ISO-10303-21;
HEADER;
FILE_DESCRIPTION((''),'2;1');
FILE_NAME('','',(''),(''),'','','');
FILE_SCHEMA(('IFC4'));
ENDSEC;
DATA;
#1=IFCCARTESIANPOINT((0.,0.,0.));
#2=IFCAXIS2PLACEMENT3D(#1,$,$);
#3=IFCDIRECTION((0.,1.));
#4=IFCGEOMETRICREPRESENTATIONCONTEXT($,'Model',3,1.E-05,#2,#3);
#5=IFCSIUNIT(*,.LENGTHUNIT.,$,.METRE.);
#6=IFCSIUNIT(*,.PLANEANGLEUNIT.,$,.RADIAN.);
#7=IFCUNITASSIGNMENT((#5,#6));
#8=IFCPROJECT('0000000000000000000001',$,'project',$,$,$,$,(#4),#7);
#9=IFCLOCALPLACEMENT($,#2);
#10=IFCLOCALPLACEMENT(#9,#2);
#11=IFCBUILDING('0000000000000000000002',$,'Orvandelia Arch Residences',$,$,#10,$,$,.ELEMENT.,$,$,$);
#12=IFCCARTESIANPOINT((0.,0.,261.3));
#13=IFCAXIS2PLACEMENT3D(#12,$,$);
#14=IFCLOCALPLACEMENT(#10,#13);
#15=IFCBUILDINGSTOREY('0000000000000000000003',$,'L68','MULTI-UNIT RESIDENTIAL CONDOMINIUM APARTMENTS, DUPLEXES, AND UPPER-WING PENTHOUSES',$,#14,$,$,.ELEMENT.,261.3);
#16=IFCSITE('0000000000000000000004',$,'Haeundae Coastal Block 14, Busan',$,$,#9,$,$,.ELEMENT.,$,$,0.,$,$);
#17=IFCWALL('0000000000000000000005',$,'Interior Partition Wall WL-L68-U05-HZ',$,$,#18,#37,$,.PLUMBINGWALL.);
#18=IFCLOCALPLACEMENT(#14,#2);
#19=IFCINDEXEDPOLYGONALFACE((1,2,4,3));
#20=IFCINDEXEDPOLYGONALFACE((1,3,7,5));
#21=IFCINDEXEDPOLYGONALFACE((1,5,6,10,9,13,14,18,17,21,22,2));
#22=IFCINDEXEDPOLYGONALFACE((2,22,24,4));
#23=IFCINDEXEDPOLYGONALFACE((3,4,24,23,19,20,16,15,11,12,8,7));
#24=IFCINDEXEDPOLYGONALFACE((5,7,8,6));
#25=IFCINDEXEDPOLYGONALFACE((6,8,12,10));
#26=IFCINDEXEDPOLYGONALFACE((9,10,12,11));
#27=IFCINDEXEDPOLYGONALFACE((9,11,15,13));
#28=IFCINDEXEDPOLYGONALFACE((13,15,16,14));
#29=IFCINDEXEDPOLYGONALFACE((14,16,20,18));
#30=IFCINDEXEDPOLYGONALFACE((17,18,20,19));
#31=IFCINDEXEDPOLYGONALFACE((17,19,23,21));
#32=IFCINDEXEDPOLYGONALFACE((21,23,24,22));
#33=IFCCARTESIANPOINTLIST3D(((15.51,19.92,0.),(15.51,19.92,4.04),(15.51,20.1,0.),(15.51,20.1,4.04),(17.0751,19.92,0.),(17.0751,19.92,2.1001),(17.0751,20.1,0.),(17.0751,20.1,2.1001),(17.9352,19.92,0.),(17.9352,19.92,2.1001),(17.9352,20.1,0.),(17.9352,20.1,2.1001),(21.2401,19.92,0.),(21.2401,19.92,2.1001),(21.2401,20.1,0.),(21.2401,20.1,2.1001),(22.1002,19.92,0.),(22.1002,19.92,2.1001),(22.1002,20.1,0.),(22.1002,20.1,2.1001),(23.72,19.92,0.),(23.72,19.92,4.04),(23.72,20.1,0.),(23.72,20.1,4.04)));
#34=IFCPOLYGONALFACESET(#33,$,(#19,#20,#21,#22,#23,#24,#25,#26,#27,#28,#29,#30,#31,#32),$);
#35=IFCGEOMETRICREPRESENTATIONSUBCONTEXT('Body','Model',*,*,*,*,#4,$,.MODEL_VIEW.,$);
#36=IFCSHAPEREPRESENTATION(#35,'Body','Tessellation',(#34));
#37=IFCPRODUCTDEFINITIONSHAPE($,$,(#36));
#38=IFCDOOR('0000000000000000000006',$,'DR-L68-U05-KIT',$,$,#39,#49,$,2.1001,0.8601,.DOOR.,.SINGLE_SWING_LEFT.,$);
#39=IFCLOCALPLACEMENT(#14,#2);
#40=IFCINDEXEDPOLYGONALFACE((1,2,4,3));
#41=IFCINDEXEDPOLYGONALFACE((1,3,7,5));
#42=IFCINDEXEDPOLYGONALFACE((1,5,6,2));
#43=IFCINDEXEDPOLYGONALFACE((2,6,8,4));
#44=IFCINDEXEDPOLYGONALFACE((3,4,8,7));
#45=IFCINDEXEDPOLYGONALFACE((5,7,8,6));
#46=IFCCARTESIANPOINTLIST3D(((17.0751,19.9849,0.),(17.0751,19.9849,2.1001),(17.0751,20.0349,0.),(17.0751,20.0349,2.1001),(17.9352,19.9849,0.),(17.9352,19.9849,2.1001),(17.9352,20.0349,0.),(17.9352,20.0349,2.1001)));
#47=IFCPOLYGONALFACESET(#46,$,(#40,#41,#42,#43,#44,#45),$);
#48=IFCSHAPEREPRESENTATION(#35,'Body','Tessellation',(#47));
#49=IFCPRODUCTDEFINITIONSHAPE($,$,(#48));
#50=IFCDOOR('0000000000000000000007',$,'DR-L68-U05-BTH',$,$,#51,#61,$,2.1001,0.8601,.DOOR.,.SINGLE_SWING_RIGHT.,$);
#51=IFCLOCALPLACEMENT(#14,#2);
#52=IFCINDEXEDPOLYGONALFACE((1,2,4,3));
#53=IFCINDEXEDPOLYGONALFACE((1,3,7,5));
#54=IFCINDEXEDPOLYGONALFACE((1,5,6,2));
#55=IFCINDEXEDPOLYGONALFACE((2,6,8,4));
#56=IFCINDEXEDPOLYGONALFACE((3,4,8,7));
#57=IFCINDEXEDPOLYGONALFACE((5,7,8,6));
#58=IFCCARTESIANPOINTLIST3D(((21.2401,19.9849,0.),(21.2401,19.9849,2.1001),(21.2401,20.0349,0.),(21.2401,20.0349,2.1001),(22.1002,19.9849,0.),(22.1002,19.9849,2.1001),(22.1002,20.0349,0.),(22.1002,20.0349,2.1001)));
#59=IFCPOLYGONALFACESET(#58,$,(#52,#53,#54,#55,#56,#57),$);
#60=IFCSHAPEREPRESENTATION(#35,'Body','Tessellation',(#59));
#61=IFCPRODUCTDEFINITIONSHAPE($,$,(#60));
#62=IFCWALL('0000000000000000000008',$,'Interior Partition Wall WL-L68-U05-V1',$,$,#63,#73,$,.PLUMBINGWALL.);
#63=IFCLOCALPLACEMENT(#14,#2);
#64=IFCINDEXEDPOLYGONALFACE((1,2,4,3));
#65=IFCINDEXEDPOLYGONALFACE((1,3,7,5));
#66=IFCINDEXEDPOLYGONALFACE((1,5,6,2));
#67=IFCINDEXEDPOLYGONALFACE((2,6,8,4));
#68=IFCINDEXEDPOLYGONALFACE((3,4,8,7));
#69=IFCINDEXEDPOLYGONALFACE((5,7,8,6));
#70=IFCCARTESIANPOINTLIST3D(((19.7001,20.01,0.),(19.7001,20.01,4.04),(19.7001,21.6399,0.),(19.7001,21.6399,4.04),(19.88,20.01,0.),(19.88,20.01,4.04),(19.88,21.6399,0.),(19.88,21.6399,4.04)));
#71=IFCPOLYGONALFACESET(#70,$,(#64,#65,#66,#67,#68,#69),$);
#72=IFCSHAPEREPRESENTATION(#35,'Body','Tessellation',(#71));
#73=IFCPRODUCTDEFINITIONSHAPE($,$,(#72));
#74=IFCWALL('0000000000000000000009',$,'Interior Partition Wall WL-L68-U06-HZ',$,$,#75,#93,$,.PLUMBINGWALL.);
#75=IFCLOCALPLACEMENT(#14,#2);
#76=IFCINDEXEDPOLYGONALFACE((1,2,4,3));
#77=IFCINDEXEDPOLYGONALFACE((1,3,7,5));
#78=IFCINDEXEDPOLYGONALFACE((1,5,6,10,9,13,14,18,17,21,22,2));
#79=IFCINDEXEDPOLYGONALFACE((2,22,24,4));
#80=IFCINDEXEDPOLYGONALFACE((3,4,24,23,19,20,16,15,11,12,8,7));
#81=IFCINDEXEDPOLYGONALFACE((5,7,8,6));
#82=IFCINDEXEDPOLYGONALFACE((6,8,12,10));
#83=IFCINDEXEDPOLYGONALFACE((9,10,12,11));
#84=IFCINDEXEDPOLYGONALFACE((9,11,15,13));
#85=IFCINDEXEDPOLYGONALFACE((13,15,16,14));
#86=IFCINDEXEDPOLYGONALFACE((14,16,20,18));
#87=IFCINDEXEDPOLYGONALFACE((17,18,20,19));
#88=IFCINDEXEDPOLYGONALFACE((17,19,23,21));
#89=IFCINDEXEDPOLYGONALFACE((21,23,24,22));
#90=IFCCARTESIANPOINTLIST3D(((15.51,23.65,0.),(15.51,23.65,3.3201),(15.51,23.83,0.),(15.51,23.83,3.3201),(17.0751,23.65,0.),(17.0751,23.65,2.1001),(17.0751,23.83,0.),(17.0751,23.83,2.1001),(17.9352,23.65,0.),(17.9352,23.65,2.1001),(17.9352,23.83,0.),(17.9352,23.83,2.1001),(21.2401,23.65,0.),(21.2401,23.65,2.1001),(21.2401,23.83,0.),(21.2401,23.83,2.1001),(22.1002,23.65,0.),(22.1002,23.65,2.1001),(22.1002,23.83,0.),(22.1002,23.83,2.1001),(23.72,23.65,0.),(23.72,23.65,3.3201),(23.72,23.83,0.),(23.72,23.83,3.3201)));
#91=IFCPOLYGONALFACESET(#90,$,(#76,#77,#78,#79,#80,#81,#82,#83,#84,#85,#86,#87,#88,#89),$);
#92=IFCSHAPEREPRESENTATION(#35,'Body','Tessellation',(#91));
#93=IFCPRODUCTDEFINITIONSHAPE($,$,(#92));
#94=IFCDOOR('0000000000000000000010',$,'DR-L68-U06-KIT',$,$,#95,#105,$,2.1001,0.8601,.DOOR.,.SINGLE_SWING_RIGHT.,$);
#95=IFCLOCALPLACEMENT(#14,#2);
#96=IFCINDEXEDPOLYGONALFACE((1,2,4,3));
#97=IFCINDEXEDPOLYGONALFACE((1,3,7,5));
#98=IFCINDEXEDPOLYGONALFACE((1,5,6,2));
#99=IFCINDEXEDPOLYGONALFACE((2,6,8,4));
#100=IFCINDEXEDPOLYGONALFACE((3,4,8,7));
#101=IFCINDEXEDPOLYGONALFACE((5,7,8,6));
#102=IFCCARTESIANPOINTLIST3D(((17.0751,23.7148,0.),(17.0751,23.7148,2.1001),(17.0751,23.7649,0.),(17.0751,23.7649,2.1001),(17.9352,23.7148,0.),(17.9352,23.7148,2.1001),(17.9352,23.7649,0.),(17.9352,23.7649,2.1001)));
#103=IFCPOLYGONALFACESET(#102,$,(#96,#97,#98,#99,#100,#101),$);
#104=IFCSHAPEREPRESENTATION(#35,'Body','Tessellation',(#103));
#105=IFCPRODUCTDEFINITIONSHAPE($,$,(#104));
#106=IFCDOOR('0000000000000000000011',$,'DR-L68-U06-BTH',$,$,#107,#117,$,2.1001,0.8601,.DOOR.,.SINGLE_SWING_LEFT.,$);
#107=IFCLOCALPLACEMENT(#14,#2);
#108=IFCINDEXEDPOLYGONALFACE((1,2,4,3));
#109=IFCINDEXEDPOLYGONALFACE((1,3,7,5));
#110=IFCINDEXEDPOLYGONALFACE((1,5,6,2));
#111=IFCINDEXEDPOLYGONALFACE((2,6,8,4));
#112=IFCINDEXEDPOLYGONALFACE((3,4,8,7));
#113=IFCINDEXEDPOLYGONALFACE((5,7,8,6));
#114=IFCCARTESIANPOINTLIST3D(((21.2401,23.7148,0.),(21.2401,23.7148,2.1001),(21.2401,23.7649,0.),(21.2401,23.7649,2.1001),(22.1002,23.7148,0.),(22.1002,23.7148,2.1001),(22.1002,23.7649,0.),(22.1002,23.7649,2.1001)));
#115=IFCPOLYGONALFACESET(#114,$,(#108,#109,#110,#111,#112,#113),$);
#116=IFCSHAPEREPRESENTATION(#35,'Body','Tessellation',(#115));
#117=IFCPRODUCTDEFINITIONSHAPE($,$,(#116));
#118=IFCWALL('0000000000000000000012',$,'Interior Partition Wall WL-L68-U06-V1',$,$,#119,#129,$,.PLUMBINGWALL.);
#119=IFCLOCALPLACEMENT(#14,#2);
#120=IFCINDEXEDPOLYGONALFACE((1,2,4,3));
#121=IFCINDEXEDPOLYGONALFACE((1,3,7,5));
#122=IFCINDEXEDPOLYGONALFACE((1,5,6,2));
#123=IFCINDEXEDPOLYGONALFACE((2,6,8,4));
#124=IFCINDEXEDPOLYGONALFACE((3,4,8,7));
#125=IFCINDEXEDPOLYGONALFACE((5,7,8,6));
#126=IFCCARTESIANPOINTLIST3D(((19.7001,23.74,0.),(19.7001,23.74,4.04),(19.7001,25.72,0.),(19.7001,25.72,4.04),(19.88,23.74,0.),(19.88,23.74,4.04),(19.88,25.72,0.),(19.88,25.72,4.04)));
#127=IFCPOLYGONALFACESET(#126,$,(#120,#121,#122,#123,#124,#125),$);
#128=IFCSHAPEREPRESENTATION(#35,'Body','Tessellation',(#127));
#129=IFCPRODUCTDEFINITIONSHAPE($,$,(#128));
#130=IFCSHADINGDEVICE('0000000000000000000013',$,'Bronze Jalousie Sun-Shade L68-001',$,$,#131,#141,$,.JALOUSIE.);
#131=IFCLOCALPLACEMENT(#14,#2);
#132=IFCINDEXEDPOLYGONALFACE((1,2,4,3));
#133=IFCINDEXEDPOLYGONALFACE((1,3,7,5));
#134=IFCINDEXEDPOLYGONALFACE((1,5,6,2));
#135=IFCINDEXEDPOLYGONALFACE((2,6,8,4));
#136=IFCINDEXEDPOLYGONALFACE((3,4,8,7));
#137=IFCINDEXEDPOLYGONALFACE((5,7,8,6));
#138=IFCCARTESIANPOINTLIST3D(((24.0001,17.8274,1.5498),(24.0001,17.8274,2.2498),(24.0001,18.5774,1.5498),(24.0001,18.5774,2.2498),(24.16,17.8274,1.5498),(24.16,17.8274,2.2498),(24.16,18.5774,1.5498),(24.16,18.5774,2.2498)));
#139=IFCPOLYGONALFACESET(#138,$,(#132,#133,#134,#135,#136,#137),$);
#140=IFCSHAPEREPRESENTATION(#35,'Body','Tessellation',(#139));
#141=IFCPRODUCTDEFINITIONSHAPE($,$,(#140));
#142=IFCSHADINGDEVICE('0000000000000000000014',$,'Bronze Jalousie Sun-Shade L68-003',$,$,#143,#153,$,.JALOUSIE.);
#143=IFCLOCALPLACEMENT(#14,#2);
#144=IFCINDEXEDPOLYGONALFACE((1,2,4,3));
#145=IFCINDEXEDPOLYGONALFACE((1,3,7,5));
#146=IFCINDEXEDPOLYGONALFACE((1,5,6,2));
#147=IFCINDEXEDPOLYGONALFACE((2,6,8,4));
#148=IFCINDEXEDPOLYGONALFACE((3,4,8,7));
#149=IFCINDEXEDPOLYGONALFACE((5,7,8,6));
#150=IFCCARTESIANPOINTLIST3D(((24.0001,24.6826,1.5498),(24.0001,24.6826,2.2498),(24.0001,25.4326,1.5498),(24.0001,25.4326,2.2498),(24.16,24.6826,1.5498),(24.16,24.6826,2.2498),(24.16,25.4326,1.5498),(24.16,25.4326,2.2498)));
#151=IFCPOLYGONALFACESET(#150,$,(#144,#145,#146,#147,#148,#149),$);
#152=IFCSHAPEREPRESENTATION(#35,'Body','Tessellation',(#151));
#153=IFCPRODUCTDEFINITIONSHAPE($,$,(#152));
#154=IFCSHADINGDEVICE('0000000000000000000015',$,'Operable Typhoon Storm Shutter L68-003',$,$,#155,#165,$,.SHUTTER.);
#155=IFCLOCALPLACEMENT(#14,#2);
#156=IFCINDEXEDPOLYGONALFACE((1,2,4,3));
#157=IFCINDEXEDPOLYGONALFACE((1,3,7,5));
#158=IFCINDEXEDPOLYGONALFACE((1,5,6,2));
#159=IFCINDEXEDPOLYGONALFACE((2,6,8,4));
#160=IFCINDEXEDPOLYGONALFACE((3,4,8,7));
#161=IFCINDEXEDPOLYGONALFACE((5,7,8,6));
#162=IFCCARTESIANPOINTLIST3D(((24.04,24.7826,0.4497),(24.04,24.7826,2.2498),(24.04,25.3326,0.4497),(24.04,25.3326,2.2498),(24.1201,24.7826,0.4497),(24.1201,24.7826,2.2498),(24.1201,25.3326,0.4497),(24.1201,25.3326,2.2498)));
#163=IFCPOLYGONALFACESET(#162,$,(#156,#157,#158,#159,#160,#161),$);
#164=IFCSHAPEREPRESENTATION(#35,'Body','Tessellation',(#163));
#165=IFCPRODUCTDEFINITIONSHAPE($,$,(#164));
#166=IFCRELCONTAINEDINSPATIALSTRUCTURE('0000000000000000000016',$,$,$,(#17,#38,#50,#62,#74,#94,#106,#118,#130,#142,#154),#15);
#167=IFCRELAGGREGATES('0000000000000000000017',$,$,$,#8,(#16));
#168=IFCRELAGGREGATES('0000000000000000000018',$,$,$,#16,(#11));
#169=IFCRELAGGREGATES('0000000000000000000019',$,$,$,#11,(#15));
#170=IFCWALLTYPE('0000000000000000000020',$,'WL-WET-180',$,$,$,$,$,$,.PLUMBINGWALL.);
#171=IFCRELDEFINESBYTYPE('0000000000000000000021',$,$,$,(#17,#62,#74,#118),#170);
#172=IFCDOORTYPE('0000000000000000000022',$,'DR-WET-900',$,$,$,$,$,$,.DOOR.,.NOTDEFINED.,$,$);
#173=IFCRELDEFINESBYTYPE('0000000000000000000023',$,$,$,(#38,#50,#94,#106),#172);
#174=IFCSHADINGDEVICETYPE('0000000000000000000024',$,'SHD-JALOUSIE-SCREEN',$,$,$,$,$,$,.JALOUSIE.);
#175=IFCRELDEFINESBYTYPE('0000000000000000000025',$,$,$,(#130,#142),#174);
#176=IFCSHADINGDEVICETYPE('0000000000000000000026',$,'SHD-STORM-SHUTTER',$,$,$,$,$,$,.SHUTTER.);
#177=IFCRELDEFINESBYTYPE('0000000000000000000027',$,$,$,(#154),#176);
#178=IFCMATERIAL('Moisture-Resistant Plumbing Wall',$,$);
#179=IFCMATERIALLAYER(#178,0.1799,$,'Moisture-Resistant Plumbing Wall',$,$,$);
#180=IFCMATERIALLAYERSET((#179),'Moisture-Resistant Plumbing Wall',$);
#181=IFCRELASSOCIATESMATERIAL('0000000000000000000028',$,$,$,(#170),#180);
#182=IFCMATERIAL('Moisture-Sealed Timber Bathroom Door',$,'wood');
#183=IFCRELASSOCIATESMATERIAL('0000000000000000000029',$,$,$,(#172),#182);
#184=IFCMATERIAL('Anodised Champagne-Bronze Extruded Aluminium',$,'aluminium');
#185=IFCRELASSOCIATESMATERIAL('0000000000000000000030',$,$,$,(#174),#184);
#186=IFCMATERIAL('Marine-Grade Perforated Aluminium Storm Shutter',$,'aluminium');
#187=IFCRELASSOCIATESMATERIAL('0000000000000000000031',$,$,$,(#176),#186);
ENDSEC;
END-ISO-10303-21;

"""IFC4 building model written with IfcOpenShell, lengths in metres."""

from ifc_helpers import new_model, si_unit, direction, frame, frame_2d, origin, origin_2d, place, context, subcontext, project, spatial, rectangle, extrude, material, layer, layer_set, type_object, element, fill, save


model = new_model("IFC4")

# Units and contexts
model_context = context("Model", 3, precision=1e-05, world=origin(), true_north=direction((0.0, 1.0)))
body_context = subcontext(model_context, "Body", "Model", "MODEL_VIEW")
ifc_project = project(units=[si_unit("LENGTHUNIT", "METRE"), si_unit("PLANEANGLEUNIT", "RADIAN")], contexts=[model_context])

# Site, building, storey
site_placement = place(None, origin())
site = spatial("IfcSite", under=ifc_project, at=site_placement, Name="Haeundae Coastal Block 14, Busan", CompositionType="ELEMENT", RefElevation=0.0)
building_placement = place(site_placement, origin())
building = spatial("IfcBuilding", under=site, at=building_placement, Name="Orvandelia Arch Residences", CompositionType="ELEMENT")
storey_placement = place(building_placement, frame((0.0, 0.0, 261.3)))
storey = spatial("IfcBuildingStorey", under=building, at=storey_placement, Name="L68", Description="MULTI-UNIT RESIDENTIAL CONDOMINIUM APARTMENTS, DUPLEXES, AND UPPER-WING PENTHOUSES", CompositionType="ELEMENT", Elevation=261.3)

# Shared definitions
ifc_material_1 = material(Name="Moisture-Resistant Plumbing Wall")
ifc_layer_1 = layer(ifc_material_1, 0.1799, Name="Moisture-Resistant Plumbing Wall")
ifc_layer_set_1 = layer_set([ifc_layer_1], Name="Moisture-Resistant Plumbing Wall")
wall_type_1 = type_object("IfcWallType", Name="WL-WET-180", PredefinedType="PLUMBINGWALL", material=ifc_layer_set_1)
ifc_material_2 = material(Name="Moisture-Sealed Timber Bathroom Door", Category="wood")
door_type_1 = type_object("IfcDoorType", Name="DR-WET-900", OperationType="NOTDEFINED", PredefinedType="DOOR", material=ifc_material_2)

# Wall, openings, doors
wall_1_placement = place(storey_placement, frame((15.51, 20.01, 0.0), z_axis=(0.0, 0.0, 1.0), x_axis=(1.0, 0.0, 0.0)))
wall_1 = element("IfcWall", 1, at=wall_1_placement, inside=storey, type_object=wall_type_1, Name="Interior Partition Wall WL-L68-U05-HZ", PredefinedType="PLUMBINGWALL", context=body_context, shape_type="SweptSolid", body=[
    extrude(rectangle(XDim=8.21, YDim=0.1799, at=frame_2d((4.105, 0.0))), origin(), (0.0, 0.0, 1.0), 4.04),
])
opening_1_placement = place(wall_1_placement, frame((1.5649, 0.0, 0.0)))
opening_1 = element("IfcOpeningElement", 2, at=opening_1_placement, cuts=wall_1, PredefinedType="OPENING", context=body_context, shape_type="SweptSolid", body=[
    extrude(rectangle(XDim=0.8601, YDim=2.1001, at=frame_2d((0.4302, 1.05))), frame((0.0, 0.1001, 0.0), z_axis=(0.0, -1.0, 0.0), x_axis=(1.0, 0.0, 0.0)), (0.0, 0.0, 1.0), 0.2),
])
opening_2_placement = place(wall_1_placement, frame((5.73, 0.0, 0.0)))
opening_2 = element("IfcOpeningElement", 3, at=opening_2_placement, cuts=wall_1, PredefinedType="OPENING", context=body_context, shape_type="SweptSolid", body=[
    extrude(rectangle(XDim=0.8601, YDim=2.1001, at=frame_2d((0.4302, 1.05))), frame((0.0, 0.1001, 0.0), z_axis=(0.0, -1.0, 0.0), x_axis=(1.0, 0.0, 0.0)), (0.0, 0.0, 1.0), 0.2),
])
door_1_placement = place(opening_1_placement, origin())
door_1 = element("IfcDoor", 4, at=door_1_placement, inside=storey, type_object=door_type_1, Name="DR-L68-U05-KIT", OperationType="SINGLE_SWING_LEFT", OverallHeight=2.1001, OverallWidth=0.8601, PredefinedType="DOOR", context=body_context, shape_type="SweptSolid", body=[
    extrude(rectangle(XDim=0.8601, YDim=2.1001, at=frame_2d((0.4302, 1.05))), frame((0.0, 0.0249, 0.0), z_axis=(0.0, -1.0, 0.0), x_axis=(1.0, 0.0, 0.0)), (0.0, 0.0, 1.0), 0.05),
])
fill(opening_1, door_1)
door_2_placement = place(opening_2_placement, origin())
door_2 = element("IfcDoor", 5, at=door_2_placement, inside=storey, type_object=door_type_1, Name="DR-L68-U05-BTH", OperationType="SINGLE_SWING_RIGHT", OverallHeight=2.1001, OverallWidth=0.8601, PredefinedType="DOOR", context=body_context, shape_type="SweptSolid", body=[
    extrude(rectangle(XDim=0.8601, YDim=2.1001, at=frame_2d((0.4302, 1.05))), frame((0.0, 0.0249, 0.0), z_axis=(0.0, -1.0, 0.0), x_axis=(1.0, 0.0, 0.0)), (0.0, 0.0, 1.0), 0.05),
])
fill(opening_2, door_2)

# Wall
wall_2_placement = place(storey_placement, frame((19.79, 20.01, 0.0), z_axis=(0.0, 0.0, 1.0), x_axis=(0.0, 1.0, 0.0)))
element("IfcWall", 6, at=wall_2_placement, inside=storey, type_object=wall_type_1, Name="Interior Partition Wall WL-L68-U05-V1", PredefinedType="PLUMBINGWALL", context=body_context, shape_type="SweptSolid", body=[
    extrude(rectangle(XDim=1.6299, YDim=0.1799, at=frame_2d((0.8149, 0.0))), origin(), (0.0, 0.0, 1.0), 4.04),
])

# Wall, openings, doors
wall_3_placement = place(storey_placement, frame((15.51, 23.74, 0.0), z_axis=(0.0, 0.0, 1.0), x_axis=(1.0, 0.0, 0.0)))
wall_3 = element("IfcWall", 7, at=wall_3_placement, inside=storey, type_object=wall_type_1, Name="Interior Partition Wall WL-L68-U06-HZ", PredefinedType="PLUMBINGWALL", context=body_context, shape_type="SweptSolid", body=[
    extrude(rectangle(XDim=8.21, YDim=0.1799, at=frame_2d((4.105, 0.0))), origin(), (0.0, 0.0, 1.0), 3.3201),
])
opening_3_placement = place(wall_3_placement, frame((1.5649, 0.0, 0.0)))
opening_3 = element("IfcOpeningElement", 8, at=opening_3_placement, cuts=wall_3, PredefinedType="OPENING", context=body_context, shape_type="SweptSolid", body=[
    extrude(rectangle(XDim=0.8601, YDim=2.1001, at=frame_2d((0.4302, 1.05))), frame((0.0, 0.1001, 0.0), z_axis=(0.0, -1.0, 0.0), x_axis=(1.0, 0.0, 0.0)), (0.0, 0.0, 1.0), 0.2),
])
opening_4_placement = place(wall_3_placement, frame((5.73, 0.0, 0.0)))
opening_4 = element("IfcOpeningElement", 9, at=opening_4_placement, cuts=wall_3, PredefinedType="OPENING", context=body_context, shape_type="SweptSolid", body=[
    extrude(rectangle(XDim=0.8601, YDim=2.1001, at=frame_2d((0.4302, 1.05))), frame((0.0, 0.1001, 0.0), z_axis=(0.0, -1.0, 0.0), x_axis=(1.0, 0.0, 0.0)), (0.0, 0.0, 1.0), 0.2),
])
door_3_placement = place(opening_3_placement, origin())
door_3 = element("IfcDoor", 10, at=door_3_placement, inside=storey, type_object=door_type_1, Name="DR-L68-U06-KIT", OperationType="SINGLE_SWING_RIGHT", OverallHeight=2.1001, OverallWidth=0.8601, PredefinedType="DOOR", context=body_context, shape_type="SweptSolid", body=[
    extrude(rectangle(XDim=0.8601, YDim=2.1001, at=frame_2d((0.4302, 1.05))), frame((0.0, 0.0249, 0.0), z_axis=(0.0, -1.0, 0.0), x_axis=(1.0, 0.0, 0.0)), (0.0, 0.0, 1.0), 0.05),
])
fill(opening_3, door_3)
door_4_placement = place(opening_4_placement, origin())
door_4 = element("IfcDoor", 11, at=door_4_placement, inside=storey, type_object=door_type_1, Name="DR-L68-U06-BTH", OperationType="SINGLE_SWING_LEFT", OverallHeight=2.1001, OverallWidth=0.8601, PredefinedType="DOOR", context=body_context, shape_type="SweptSolid", body=[
    extrude(rectangle(XDim=0.8601, YDim=2.1001, at=frame_2d((0.4302, 1.05))), frame((0.0, 0.0249, 0.0), z_axis=(0.0, -1.0, 0.0), x_axis=(1.0, 0.0, 0.0)), (0.0, 0.0, 1.0), 0.05),
])
fill(opening_4, door_4)

# Wall
wall_4_placement = place(storey_placement, frame((19.79, 23.74, 0.0), z_axis=(0.0, 0.0, 1.0), x_axis=(0.0, 1.0, 0.0)))
element("IfcWall", 12, at=wall_4_placement, inside=storey, type_object=wall_type_1, Name="Interior Partition Wall WL-L68-U06-V1", PredefinedType="PLUMBINGWALL", context=body_context, shape_type="SweptSolid", body=[
    extrude(rectangle(XDim=1.98, YDim=0.1799, at=frame_2d((0.99, 0.0))), origin(), (0.0, 0.0, 1.0), 4.04),
])

# Shading devices
ifc_material_3 = material(Name="Anodised Champagne-Bronze Extruded Aluminium", Category="aluminium")
shading_device_type_1 = type_object("IfcShadingDeviceType", Name="SHD-JALOUSIE-SCREEN", PredefinedType="JALOUSIE", material=ifc_material_3)
for number, where, z_axis, x_axis, name in (
    (13, (24.0801, 18.2024, 1.5498), (0.0, 0.0, 1.0), (0.0, -1.0, 0.0), "Bronze Jalousie Sun-Shade L68-001"),
    (14, (24.0801, 25.0576, 1.5498), (0.0, 0.0, 1.0), (0.0, -1.0, 0.0), "Bronze Jalousie Sun-Shade L68-003"),
):
    element("IfcShadingDevice", number, at=place(storey_placement, frame(where, z_axis=z_axis, x_axis=x_axis)), inside=storey, type_object=shading_device_type_1, Name=name, PredefinedType="JALOUSIE", context=body_context, shape_type="SweptSolid", body=[
        extrude(rectangle(XDim=0.75, YDim=0.1599, at=origin_2d()), origin(), (0.0, 0.0, 1.0), 0.7),
    ])
ifc_material_4 = material(Name="Marine-Grade Perforated Aluminium Storm Shutter", Category="aluminium")
shading_device_type_2 = type_object("IfcShadingDeviceType", Name="SHD-STORM-SHUTTER", PredefinedType="SHUTTER", material=ifc_material_4)
shading_device_placement = place(storey_placement, frame((24.0801, 25.0576, 0.4497), z_axis=(0.0, 0.0, 1.0), x_axis=(0.0, -1.0, 0.0)))
element("IfcShadingDevice", 15, at=shading_device_placement, inside=storey, type_object=shading_device_type_2, Name="Operable Typhoon Storm Shutter L68-003", PredefinedType="SHUTTER", context=body_context, shape_type="SweptSolid", body=[
    extrude(rectangle(XDim=0.55, YDim=0.0801, at=origin_2d()), origin(), (0.0, 0.0, 1.0), 1.8),
])

save(model, "model.ifc")
